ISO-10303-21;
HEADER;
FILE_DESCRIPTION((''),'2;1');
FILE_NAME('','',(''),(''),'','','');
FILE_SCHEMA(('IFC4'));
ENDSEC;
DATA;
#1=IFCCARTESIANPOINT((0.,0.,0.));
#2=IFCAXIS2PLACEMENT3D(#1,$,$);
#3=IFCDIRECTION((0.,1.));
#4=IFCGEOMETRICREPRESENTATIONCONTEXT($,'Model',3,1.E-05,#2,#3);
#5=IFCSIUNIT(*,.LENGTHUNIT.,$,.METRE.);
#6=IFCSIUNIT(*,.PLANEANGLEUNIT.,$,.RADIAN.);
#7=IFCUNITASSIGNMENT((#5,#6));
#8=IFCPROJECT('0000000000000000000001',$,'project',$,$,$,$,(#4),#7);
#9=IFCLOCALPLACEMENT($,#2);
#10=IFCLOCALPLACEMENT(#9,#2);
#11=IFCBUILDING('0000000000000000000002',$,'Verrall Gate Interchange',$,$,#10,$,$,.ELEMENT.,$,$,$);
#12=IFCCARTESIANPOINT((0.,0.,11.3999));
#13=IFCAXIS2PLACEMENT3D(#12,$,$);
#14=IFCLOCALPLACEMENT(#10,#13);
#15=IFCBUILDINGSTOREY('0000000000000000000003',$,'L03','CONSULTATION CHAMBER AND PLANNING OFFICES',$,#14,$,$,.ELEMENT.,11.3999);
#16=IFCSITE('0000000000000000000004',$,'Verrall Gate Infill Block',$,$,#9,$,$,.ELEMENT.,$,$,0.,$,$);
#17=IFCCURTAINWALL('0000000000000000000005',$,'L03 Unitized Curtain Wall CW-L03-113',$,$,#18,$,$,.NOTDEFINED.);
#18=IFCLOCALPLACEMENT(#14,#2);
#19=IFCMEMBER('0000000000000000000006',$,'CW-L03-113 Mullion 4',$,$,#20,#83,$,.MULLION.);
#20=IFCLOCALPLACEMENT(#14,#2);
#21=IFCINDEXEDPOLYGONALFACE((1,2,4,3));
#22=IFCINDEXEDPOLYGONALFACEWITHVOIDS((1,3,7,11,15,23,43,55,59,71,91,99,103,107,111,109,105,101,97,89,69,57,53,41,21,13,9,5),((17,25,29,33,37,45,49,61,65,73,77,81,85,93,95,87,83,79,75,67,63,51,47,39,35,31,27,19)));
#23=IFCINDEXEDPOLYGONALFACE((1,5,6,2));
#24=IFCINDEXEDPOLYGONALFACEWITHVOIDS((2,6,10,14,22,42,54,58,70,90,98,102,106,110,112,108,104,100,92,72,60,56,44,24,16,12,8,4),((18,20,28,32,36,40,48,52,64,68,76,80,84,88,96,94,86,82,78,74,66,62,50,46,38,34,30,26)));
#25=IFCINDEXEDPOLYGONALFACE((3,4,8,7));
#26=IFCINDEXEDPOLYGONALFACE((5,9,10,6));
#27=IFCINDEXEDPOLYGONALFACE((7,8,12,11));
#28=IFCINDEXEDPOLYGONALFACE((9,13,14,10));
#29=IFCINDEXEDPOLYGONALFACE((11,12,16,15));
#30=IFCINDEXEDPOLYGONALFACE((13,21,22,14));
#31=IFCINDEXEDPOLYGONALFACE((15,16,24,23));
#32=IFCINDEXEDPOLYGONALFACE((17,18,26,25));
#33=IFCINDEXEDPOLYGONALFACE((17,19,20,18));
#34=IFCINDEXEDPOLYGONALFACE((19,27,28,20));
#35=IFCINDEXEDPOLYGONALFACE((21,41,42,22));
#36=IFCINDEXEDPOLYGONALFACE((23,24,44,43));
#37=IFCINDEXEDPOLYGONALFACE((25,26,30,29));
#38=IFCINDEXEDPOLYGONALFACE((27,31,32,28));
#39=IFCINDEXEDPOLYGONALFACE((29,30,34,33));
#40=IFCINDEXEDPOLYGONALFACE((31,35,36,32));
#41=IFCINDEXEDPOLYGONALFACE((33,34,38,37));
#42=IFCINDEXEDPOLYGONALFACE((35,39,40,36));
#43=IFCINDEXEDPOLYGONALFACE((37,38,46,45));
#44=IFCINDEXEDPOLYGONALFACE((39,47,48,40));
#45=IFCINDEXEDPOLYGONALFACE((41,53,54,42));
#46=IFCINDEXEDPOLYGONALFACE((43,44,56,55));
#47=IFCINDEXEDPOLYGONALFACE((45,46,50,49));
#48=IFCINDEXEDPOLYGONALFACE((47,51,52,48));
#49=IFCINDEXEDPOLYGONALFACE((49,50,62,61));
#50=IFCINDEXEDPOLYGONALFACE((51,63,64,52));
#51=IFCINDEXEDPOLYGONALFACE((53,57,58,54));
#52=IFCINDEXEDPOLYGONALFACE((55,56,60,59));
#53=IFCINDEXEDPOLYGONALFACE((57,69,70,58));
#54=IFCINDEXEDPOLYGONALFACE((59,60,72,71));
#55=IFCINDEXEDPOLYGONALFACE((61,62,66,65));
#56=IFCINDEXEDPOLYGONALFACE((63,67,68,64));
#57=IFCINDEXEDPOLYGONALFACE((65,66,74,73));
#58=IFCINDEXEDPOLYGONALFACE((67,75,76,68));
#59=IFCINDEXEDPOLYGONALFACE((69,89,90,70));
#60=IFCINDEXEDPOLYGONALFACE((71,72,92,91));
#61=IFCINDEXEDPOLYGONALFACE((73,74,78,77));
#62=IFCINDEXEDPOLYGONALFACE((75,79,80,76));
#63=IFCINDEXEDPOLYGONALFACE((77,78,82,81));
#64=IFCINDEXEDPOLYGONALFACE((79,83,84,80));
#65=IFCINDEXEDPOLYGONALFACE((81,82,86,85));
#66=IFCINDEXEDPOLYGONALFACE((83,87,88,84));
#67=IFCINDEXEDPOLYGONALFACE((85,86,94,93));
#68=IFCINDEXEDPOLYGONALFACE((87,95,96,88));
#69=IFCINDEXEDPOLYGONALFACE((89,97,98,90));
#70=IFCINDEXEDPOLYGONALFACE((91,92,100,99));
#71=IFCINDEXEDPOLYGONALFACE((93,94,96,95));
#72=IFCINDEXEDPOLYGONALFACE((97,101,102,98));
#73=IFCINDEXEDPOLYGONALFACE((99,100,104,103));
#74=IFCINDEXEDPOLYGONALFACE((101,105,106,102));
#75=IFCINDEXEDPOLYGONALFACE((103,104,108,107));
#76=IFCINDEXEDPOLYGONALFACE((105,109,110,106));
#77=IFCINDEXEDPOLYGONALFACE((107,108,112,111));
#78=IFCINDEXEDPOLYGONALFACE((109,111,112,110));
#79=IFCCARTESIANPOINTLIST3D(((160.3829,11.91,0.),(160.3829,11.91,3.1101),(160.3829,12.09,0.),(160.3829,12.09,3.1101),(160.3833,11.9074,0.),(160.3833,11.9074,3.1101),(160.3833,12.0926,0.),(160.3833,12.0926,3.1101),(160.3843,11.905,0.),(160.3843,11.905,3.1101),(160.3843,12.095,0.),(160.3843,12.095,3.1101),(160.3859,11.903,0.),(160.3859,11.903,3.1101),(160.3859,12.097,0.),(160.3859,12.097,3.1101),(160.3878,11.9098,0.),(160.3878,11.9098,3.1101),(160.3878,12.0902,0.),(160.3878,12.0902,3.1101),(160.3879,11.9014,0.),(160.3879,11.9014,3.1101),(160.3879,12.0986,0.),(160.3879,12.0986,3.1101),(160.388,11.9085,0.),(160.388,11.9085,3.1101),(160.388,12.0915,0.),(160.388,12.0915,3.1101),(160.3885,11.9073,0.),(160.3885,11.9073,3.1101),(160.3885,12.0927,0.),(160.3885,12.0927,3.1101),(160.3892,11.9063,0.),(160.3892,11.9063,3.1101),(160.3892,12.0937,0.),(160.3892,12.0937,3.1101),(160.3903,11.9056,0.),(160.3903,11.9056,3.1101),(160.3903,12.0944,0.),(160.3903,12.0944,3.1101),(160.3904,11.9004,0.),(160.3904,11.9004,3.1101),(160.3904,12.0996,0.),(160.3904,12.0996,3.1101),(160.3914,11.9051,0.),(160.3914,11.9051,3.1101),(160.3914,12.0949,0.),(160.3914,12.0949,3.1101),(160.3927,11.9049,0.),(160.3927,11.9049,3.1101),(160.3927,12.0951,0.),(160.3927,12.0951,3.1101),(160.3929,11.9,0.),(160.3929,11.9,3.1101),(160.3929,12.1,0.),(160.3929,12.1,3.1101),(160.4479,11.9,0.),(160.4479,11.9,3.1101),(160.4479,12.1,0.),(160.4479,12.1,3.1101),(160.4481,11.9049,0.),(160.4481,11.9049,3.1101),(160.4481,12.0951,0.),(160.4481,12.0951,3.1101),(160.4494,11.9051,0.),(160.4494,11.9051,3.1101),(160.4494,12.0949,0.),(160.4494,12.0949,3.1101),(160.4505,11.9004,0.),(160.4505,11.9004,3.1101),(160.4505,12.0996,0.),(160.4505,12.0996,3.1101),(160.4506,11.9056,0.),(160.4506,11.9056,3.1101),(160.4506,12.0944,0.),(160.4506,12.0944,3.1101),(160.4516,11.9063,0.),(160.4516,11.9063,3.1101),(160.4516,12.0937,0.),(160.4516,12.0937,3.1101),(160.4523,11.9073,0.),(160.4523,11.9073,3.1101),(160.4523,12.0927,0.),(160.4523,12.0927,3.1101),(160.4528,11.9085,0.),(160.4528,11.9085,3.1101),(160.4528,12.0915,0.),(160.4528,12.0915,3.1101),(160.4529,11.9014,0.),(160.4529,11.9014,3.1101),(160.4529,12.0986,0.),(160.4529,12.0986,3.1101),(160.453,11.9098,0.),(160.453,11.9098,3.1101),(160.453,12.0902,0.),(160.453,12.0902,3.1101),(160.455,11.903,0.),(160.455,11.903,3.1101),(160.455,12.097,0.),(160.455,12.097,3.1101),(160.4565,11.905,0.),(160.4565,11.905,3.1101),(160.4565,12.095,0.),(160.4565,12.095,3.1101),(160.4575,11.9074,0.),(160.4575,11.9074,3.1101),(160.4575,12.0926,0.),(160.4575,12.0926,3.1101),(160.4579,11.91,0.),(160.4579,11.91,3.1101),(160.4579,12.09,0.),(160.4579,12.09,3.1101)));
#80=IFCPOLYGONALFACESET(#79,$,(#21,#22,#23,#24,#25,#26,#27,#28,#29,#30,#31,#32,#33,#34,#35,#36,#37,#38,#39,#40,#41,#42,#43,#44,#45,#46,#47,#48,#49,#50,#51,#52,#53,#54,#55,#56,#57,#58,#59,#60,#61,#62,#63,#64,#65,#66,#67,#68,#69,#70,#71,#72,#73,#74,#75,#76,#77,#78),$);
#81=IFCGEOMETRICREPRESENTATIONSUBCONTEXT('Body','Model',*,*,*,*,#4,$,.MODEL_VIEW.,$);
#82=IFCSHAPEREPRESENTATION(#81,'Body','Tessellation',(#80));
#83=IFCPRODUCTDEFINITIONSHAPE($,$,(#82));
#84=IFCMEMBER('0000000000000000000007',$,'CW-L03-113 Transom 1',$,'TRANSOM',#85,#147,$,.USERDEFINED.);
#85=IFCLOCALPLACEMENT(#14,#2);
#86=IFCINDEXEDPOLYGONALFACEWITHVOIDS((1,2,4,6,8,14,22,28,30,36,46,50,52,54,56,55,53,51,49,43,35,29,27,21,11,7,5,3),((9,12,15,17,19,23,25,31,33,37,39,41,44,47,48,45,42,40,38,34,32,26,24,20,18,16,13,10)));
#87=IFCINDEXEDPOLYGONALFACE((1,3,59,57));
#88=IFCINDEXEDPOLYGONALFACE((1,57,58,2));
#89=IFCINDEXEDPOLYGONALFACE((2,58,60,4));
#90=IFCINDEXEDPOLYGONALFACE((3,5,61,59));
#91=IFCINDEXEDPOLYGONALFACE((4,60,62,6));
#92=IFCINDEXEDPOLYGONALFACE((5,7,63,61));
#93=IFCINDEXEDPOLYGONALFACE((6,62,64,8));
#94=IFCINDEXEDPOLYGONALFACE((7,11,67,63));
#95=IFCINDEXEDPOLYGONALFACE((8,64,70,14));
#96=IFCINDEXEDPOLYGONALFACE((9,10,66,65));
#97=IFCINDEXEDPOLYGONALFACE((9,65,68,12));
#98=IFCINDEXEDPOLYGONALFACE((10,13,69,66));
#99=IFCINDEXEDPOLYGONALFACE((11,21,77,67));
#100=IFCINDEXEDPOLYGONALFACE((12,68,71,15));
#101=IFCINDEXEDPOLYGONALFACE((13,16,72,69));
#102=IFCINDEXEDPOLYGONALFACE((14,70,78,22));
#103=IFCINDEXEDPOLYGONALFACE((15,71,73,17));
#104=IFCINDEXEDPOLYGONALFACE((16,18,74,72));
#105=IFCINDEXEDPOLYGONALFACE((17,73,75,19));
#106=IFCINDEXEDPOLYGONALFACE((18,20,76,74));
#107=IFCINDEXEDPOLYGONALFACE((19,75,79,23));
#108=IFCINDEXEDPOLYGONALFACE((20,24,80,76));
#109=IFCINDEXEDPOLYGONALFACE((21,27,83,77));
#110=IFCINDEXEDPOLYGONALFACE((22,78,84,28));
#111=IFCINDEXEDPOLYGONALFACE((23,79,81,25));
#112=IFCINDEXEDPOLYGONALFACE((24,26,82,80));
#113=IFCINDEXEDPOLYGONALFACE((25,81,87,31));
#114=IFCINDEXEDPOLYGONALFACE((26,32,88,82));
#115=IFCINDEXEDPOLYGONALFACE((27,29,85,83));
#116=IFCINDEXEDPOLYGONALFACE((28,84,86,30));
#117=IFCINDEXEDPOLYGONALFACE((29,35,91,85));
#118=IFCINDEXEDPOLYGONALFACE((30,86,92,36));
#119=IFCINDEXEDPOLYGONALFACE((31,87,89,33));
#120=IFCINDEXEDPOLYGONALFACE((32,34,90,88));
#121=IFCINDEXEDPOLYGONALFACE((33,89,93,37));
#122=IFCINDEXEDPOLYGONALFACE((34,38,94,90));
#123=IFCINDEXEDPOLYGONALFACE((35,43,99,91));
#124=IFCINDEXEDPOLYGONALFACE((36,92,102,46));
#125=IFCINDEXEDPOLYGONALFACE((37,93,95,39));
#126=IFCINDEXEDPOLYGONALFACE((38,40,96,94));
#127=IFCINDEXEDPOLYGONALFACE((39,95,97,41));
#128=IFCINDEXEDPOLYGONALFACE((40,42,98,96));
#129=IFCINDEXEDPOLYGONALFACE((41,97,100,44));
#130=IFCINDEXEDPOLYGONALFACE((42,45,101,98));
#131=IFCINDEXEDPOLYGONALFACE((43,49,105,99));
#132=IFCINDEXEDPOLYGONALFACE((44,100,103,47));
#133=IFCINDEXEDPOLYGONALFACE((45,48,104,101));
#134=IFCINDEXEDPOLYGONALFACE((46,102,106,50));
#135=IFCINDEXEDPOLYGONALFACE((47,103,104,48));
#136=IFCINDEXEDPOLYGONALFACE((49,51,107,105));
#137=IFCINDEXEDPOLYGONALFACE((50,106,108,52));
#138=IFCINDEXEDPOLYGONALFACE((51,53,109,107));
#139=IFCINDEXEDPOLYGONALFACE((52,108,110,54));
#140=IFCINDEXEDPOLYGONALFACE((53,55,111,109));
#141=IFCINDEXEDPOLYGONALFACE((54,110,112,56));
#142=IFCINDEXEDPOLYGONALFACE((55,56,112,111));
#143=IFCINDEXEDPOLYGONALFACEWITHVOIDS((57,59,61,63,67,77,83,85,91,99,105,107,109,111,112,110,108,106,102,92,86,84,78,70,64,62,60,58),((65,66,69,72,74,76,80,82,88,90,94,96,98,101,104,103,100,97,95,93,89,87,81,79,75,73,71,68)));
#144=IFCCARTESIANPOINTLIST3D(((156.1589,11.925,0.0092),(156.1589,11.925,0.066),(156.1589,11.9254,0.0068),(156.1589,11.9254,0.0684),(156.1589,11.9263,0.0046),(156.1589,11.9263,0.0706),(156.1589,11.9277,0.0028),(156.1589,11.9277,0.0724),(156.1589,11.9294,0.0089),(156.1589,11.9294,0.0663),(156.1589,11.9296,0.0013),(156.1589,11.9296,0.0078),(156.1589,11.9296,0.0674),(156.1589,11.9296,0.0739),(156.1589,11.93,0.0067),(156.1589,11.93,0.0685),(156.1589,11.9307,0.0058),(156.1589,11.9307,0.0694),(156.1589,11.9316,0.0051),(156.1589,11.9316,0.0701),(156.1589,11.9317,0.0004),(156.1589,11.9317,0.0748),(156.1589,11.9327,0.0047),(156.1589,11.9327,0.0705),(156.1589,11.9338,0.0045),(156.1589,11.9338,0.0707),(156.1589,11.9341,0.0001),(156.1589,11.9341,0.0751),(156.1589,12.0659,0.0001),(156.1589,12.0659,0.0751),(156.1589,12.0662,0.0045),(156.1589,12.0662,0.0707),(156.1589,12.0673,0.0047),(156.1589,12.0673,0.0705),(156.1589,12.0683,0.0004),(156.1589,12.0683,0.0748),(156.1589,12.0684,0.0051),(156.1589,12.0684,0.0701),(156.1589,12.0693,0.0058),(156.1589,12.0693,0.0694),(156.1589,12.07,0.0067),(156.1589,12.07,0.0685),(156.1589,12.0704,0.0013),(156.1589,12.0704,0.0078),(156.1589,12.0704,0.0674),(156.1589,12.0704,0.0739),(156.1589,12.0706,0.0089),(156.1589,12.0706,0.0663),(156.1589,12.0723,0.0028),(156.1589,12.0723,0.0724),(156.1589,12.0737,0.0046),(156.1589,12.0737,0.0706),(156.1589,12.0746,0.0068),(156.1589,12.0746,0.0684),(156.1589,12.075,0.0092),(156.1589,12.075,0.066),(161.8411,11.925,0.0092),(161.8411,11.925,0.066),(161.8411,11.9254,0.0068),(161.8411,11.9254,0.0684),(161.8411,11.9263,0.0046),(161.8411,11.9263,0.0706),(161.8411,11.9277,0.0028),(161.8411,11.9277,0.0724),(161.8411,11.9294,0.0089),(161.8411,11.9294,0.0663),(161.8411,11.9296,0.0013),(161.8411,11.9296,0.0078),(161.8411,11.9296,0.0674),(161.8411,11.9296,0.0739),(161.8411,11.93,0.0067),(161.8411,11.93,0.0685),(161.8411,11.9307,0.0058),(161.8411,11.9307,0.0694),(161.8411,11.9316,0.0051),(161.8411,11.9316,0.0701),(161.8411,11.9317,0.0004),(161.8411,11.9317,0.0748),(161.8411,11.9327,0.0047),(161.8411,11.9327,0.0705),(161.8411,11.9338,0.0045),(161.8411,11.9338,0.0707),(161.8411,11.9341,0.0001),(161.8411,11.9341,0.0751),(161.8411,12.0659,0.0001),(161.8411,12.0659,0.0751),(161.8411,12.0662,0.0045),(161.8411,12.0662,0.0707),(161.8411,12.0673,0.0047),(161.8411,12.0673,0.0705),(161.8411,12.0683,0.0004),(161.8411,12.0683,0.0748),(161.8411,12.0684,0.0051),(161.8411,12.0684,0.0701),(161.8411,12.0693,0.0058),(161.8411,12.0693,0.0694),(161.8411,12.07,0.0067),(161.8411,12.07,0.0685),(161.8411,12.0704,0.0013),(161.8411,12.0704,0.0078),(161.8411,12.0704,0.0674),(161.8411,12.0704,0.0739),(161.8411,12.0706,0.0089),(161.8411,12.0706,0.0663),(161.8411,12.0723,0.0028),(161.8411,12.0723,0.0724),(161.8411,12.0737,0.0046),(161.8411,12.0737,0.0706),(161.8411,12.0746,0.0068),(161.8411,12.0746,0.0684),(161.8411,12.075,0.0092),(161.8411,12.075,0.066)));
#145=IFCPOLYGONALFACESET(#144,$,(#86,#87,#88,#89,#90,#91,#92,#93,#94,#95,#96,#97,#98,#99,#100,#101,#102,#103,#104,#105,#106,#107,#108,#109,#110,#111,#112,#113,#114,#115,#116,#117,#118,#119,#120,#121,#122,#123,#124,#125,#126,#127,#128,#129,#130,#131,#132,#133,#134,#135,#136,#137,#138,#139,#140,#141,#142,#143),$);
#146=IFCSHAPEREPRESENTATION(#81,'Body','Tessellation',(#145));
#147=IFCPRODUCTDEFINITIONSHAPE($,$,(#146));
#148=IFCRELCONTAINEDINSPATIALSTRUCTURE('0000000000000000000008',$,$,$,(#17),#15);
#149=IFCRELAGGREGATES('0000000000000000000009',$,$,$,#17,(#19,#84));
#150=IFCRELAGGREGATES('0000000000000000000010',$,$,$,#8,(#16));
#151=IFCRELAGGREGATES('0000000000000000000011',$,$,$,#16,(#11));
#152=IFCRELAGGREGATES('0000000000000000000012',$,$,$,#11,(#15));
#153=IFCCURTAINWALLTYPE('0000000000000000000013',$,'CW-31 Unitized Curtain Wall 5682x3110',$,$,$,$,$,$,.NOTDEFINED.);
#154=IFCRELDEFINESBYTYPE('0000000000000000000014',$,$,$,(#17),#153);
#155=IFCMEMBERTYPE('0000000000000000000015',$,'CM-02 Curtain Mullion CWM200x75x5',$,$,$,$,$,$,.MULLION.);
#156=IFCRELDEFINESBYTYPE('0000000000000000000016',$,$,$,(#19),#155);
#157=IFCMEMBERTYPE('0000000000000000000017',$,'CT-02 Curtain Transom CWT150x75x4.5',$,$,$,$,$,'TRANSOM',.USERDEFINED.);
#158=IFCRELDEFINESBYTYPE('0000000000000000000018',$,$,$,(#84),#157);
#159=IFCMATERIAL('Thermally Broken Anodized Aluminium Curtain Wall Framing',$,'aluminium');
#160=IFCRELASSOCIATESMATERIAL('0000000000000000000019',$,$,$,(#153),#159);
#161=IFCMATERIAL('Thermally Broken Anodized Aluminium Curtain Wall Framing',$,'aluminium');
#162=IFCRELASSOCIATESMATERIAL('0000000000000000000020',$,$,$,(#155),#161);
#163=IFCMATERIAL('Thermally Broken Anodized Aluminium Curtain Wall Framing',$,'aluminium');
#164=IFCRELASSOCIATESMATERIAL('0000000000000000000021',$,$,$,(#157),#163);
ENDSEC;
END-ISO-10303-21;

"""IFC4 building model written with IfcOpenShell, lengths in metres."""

from ifc_helpers import new_model, si_unit, direction, frame, origin, origin_2d, place, context, subcontext, project, spatial, hollow_rectangle, extrude, material, material_profile, profile_set, type_object, element, aggregate, save


model = new_model("IFC4")

# Units and contexts
model_context = context("Model", 3, precision=1e-05, world=origin(), true_north=direction((0.0, 1.0)))
body_context = subcontext(model_context, "Body", "Model", "MODEL_VIEW")
ifc_project = project(units=[si_unit("LENGTHUNIT", "METRE"), si_unit("PLANEANGLEUNIT", "RADIAN")], contexts=[model_context])

# Site, building, storey
site_placement = place(None, origin())
site = spatial("IfcSite", under=ifc_project, at=site_placement, Name="Verrall Gate Infill Block", CompositionType="ELEMENT", RefElevation=0.0)
building_placement = place(site_placement, origin())
building = spatial("IfcBuilding", under=site, at=building_placement, Name="Verrall Gate Interchange", CompositionType="ELEMENT")
storey_placement = place(building_placement, frame((0.0, 0.0, 11.3999)))
storey = spatial("IfcBuildingStorey", under=building, at=storey_placement, Name="L03", Description="CONSULTATION CHAMBER AND PLANNING OFFICES", CompositionType="ELEMENT", Elevation=11.3999)

# Shared definitions
ifc_material_1 = material(Name="Thermally Broken Anodized Aluminium Curtain Wall Framing", Category="aluminium")
curtain_wall_type = type_object("IfcCurtainWallType", Name="CW-31 Unitized Curtain Wall 5682x3110", PredefinedType="NOTDEFINED", material=ifc_material_1)

# Curtain wall, members
curtain_wall_1_placement = place(storey_placement, origin())
curtain_wall_1 = element("IfcCurtainWall", 1, at=curtain_wall_1_placement, inside=storey, type_object=curtain_wall_type, Name="L03 Unitized Curtain Wall CW-L03-113", PredefinedType="NOTDEFINED")
ifc_material_2 = material(Name="Thermally Broken Anodized Aluminium Curtain Wall Framing", Category="aluminium")
ifc_material_profile_1 = material_profile(ifc_material_2, hollow_rectangle(XDim=0.075, YDim=0.2, WallThickness=0.0049, InnerFilletRadius=0.0049, OuterFilletRadius=0.01, at=origin_2d()), Name="CWM200x75x5")
ifc_profile_set_1 = profile_set([ifc_material_profile_1], Name="Thermally Broken Anodized Aluminium Curtain Wall Framing")
member_type_1 = type_object("IfcMemberType", Name="CM-02 Curtain Mullion CWM200x75x5", PredefinedType="MULLION", material=ifc_profile_set_1)
member_1_placement = place(storey_placement, frame((160.4204, 12.0, 0.0), z_axis=(0.0, 0.0, 1.0), x_axis=(1.0, 0.0, 0.0)))
member_1 = element("IfcMember", 2, at=member_1_placement, type_object=member_type_1, Name="CW-L03-113 Mullion 4", PredefinedType="MULLION", context=body_context, shape_type="SweptSolid", body=[
    extrude(hollow_rectangle(XDim=0.075, YDim=0.2, WallThickness=0.0049, InnerFilletRadius=0.0049, OuterFilletRadius=0.01, at=origin_2d()), origin(), (0.0, 0.0, 1.0), 3.1101),
])
ifc_material_3 = material(Name="Thermally Broken Anodized Aluminium Curtain Wall Framing", Category="aluminium")
ifc_material_profile_2 = material_profile(ifc_material_3, hollow_rectangle(XDim=0.1499, YDim=0.075, WallThickness=0.0044, InnerFilletRadius=0.0044, OuterFilletRadius=0.009, at=origin_2d()), Name="CWT150x75x4.5")
ifc_profile_set_2 = profile_set([ifc_material_profile_2], Name="Thermally Broken Anodized Aluminium Curtain Wall Framing")
member_type_2 = type_object("IfcMemberType", Name="CT-02 Curtain Transom CWT150x75x4.5", ElementType="TRANSOM", PredefinedType="USERDEFINED", material=ifc_profile_set_2)
member_2_placement = place(storey_placement, frame((156.1589, 12.0, 0.0376), z_axis=(1.0, 0.0, 0.0), x_axis=(0.0, 1.0, 0.0)))
member_2 = element("IfcMember", 3, at=member_2_placement, type_object=member_type_2, Name="CW-L03-113 Transom 1", ObjectType="TRANSOM", PredefinedType="USERDEFINED", context=body_context, shape_type="SweptSolid", body=[
    extrude(hollow_rectangle(XDim=0.1499, YDim=0.075, WallThickness=0.0044, InnerFilletRadius=0.0044, OuterFilletRadius=0.009, at=origin_2d()), origin(), (0.0, 0.0, 1.0), 5.6821),
])

aggregate(curtain_wall_1, [member_1, member_2])

save(model, "model.ifc")
